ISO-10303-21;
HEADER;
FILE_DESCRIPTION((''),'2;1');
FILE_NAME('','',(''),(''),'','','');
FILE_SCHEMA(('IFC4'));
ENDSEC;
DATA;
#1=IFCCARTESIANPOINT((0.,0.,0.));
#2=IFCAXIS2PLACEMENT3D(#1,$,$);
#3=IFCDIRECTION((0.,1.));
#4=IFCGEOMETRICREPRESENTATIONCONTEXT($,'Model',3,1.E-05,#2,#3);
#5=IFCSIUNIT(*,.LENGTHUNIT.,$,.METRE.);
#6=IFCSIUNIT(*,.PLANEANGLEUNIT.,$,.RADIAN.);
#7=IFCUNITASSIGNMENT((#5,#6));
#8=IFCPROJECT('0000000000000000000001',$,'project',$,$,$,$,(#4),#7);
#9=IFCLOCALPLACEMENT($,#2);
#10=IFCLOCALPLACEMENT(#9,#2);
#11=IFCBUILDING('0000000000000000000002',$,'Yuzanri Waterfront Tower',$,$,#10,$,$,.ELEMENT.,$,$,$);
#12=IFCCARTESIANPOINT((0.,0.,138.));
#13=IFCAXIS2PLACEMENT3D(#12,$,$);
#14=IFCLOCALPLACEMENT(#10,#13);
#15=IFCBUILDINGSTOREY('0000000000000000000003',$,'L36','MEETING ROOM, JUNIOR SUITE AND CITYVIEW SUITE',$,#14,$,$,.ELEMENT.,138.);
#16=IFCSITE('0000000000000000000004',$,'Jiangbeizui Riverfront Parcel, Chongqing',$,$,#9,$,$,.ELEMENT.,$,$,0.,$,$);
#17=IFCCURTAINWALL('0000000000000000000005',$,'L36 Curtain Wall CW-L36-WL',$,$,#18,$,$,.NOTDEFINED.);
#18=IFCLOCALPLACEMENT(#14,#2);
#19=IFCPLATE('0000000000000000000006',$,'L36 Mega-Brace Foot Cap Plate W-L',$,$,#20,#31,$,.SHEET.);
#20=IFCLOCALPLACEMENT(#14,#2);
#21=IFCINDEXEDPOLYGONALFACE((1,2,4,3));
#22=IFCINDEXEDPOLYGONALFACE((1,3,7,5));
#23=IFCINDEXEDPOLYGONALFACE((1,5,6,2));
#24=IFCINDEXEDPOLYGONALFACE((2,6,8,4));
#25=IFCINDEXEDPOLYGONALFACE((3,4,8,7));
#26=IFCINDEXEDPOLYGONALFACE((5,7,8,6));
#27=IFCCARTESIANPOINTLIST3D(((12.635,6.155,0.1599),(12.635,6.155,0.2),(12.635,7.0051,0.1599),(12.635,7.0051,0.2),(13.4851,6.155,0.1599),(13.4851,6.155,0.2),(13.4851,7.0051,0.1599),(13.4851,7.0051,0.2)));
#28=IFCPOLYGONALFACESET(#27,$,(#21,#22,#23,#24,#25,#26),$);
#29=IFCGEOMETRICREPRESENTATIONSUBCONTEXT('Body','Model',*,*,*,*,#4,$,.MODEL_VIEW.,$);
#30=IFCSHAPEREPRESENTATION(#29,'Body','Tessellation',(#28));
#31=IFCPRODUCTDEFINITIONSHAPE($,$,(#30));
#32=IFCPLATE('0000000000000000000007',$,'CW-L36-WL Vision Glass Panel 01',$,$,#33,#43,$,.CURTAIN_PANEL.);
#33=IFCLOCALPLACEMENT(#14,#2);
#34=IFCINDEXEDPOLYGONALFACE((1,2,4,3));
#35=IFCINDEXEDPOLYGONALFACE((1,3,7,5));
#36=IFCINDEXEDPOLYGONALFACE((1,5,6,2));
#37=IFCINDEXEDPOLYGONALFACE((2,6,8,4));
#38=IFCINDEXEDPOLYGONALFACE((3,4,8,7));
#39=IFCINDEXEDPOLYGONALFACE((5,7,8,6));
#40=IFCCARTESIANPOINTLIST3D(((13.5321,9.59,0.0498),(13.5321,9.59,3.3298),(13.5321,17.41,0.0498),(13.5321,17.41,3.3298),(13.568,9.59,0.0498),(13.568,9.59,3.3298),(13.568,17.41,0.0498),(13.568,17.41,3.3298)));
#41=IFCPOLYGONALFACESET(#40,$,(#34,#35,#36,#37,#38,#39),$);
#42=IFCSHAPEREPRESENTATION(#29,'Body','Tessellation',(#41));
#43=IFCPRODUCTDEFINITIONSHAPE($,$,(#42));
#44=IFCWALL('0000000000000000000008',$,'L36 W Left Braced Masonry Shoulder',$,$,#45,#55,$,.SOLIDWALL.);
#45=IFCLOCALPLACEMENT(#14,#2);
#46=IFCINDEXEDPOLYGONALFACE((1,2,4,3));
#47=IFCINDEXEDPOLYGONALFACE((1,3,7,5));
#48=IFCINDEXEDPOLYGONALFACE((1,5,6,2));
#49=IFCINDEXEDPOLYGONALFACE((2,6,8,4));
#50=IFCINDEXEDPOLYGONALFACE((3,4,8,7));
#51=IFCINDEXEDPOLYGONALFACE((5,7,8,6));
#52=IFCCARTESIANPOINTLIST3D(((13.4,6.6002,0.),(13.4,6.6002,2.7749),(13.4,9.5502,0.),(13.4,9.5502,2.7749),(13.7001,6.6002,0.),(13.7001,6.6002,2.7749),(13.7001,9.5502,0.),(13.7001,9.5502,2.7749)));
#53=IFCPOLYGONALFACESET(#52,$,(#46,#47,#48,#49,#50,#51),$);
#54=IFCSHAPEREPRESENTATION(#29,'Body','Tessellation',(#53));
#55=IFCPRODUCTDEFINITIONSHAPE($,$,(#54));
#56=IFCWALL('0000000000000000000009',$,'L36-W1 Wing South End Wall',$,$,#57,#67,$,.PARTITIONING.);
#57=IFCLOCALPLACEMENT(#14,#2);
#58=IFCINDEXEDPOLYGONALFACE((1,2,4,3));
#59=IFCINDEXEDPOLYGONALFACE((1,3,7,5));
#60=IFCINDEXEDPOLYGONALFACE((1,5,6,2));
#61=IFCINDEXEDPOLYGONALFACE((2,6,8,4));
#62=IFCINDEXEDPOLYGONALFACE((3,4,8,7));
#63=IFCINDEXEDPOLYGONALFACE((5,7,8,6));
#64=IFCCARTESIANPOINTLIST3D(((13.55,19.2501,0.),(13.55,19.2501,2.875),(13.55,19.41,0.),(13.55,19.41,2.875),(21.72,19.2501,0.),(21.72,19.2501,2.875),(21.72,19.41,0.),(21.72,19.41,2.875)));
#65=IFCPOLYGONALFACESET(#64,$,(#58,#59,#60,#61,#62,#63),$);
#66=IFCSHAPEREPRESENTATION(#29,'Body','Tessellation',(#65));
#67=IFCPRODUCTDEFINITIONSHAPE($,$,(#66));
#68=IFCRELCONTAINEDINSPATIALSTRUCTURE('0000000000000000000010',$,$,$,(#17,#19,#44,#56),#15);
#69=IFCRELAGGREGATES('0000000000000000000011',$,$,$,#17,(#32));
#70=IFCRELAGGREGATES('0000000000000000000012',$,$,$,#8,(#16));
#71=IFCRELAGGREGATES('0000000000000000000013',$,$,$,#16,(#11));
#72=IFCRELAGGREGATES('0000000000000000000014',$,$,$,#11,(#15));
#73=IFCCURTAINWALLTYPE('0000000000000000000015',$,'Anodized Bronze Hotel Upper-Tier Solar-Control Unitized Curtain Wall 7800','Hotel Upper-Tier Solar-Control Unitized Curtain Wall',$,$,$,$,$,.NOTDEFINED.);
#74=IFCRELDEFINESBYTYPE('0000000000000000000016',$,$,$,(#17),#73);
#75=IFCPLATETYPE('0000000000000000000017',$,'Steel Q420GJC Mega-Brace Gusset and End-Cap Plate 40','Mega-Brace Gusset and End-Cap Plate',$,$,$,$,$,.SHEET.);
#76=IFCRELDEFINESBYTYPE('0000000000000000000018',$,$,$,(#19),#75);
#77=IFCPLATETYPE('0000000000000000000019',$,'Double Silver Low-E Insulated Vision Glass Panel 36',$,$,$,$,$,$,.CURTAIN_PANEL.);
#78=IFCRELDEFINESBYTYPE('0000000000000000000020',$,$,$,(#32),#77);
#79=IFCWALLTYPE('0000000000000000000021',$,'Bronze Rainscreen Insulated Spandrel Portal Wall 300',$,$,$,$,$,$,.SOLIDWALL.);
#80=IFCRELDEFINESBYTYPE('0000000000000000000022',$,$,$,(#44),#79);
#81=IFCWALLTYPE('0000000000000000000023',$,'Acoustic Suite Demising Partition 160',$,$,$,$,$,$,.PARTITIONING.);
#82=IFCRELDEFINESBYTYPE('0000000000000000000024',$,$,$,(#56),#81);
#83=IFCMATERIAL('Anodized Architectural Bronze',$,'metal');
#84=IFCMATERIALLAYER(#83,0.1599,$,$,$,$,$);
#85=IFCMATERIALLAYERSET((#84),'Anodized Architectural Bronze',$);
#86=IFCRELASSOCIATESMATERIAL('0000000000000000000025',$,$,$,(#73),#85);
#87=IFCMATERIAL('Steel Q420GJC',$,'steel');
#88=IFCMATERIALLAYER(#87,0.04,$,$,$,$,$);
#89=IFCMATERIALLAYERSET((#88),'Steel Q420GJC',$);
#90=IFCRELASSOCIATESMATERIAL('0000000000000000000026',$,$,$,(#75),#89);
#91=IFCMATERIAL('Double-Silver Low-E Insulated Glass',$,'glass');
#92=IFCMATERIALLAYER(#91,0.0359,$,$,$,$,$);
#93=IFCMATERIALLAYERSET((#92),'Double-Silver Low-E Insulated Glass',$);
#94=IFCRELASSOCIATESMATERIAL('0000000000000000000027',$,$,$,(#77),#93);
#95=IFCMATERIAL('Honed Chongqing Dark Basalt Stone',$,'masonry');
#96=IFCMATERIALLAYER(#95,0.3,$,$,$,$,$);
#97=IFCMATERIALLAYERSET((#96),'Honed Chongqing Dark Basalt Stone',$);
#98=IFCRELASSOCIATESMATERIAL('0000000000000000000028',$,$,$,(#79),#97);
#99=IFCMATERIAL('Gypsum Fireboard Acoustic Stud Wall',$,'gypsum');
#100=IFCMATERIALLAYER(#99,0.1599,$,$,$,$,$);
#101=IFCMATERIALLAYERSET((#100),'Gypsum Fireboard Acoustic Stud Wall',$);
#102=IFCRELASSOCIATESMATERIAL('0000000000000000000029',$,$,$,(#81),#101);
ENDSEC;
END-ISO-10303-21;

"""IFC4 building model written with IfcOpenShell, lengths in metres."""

from ifc_helpers import new_model, si_unit, direction, frame, frame_2d, origin, origin_2d, place, context, subcontext, project, spatial, rectangle, extrude, source, transform, mapped, material, layer, layer_set, type_object, element, aggregate, save


model = new_model("IFC4")

# Units and contexts
model_context = context("Model", 3, precision=1e-05, world=origin(), true_north=direction((0.0, 1.0)))
body_context = subcontext(model_context, "Body", "Model", "MODEL_VIEW")
ifc_project = project(units=[si_unit("LENGTHUNIT", "METRE"), si_unit("PLANEANGLEUNIT", "RADIAN")], contexts=[model_context])

# Site, building, storey
site_placement = place(None, origin())
site = spatial("IfcSite", under=ifc_project, at=site_placement, Name="Jiangbeizui Riverfront Parcel, Chongqing", CompositionType="ELEMENT", RefElevation=0.0)
building_placement = place(site_placement, origin())
building = spatial("IfcBuilding", under=site, at=building_placement, Name="Yuzanri Waterfront Tower", CompositionType="ELEMENT")
storey_placement = place(building_placement, frame((0.0, 0.0, 138.0)))
storey = spatial("IfcBuildingStorey", under=building, at=storey_placement, Name="L36", Description="MEETING ROOM, JUNIOR SUITE AND CITYVIEW SUITE", CompositionType="ELEMENT", Elevation=138.0)

# Curtain wall
ifc_material_1 = material(Name="Anodized Architectural Bronze", Category="metal")
ifc_layer_1 = layer(ifc_material_1, 0.1599)
ifc_layer_set_1 = layer_set([ifc_layer_1], Name="Anodized Architectural Bronze")
curtain_wall_type = type_object("IfcCurtainWallType", Name="Anodized Bronze Hotel Upper-Tier Solar-Control Unitized Curtain Wall 7800", Description="Hotel Upper-Tier Solar-Control Unitized Curtain Wall", PredefinedType="NOTDEFINED", material=ifc_layer_set_1)
curtain_wall_placement = place(storey_placement, origin())
curtain_wall = element("IfcCurtainWall", 1, at=curtain_wall_placement, inside=storey, type_object=curtain_wall_type, Name="L36 Curtain Wall CW-L36-WL", PredefinedType="NOTDEFINED")

# Plates
ifc_material_2 = material(Name="Steel Q420GJC", Category="steel")
ifc_layer_2 = layer(ifc_material_2, 0.04)
ifc_layer_set_2 = layer_set([ifc_layer_2], Name="Steel Q420GJC")
plate_type_1 = type_object("IfcPlateType", Name="Steel Q420GJC Mega-Brace Gusset and End-Cap Plate 40", Description="Mega-Brace Gusset and End-Cap Plate", PredefinedType="SHEET", material=ifc_layer_set_2)
shared_shape_1 = source(origin(), body_context, "Body", "SweptSolid", [
    extrude(rectangle(XDim=0.8501, YDim=0.8501, at=origin_2d()), origin(), (0.0, 0.0, 1.0), 0.04),
])
plate_1_placement = place(storey_placement, frame((13.0601, 6.5801, 0.1599), z_axis=(0.0, 0.0, 1.0), x_axis=(1.0, 0.0, 0.0)))
element("IfcPlate", 2, at=plate_1_placement, inside=storey, type_object=plate_type_1, Name="L36 Mega-Brace Foot Cap Plate W-L", PredefinedType="SHEET", context=body_context, shape_type="MappedRepresentation", body=[
    mapped(shared_shape_1, transform((0.0, 0.0, 0.0), scale=1.0)),
])
ifc_material_3 = material(Name="Double-Silver Low-E Insulated Glass", Category="glass")
ifc_layer_3 = layer(ifc_material_3, 0.0359)
ifc_layer_set_3 = layer_set([ifc_layer_3], Name="Double-Silver Low-E Insulated Glass")
plate_type_2 = type_object("IfcPlateType", Name="Double Silver Low-E Insulated Vision Glass Panel 36", PredefinedType="CURTAIN_PANEL", material=ifc_layer_set_3)
shared_shape_2 = source(origin(), body_context, "Body", "SweptSolid", [
    extrude(rectangle(XDim=7.8201, YDim=0.0359, at=origin_2d()), origin(), (0.0, 0.0, 1.0), 3.28),
])
plate_2_placement = place(storey_placement, frame((13.55, 13.5, 0.0498), z_axis=(0.0, 0.0, 1.0), x_axis=(0.0, 1.0, 0.0)))
plate_2 = element("IfcPlate", 3, at=plate_2_placement, type_object=plate_type_2, Name="CW-L36-WL Vision Glass Panel 01", PredefinedType="CURTAIN_PANEL", context=body_context, shape_type="MappedRepresentation", body=[
    mapped(shared_shape_2, transform((0.0, 0.0, 0.0), scale=1.0)),
])
aggregate(curtain_wall, [plate_2])

# Walls
ifc_material_4 = material(Name="Honed Chongqing Dark Basalt Stone", Category="masonry")
ifc_layer_4 = layer(ifc_material_4, 0.3)
ifc_layer_set_4 = layer_set([ifc_layer_4], Name="Honed Chongqing Dark Basalt Stone")
wall_type_1 = type_object("IfcWallType", Name="Bronze Rainscreen Insulated Spandrel Portal Wall 300", PredefinedType="SOLIDWALL", material=ifc_layer_set_4)
shared_shape_3 = source(origin(), body_context, "Body", "SweptSolid", [
    extrude(rectangle(XDim=2.95, YDim=0.3, at=frame_2d((1.4751, 0.0))), origin(), (0.0, 0.0, 1.0), 2.7749),
])
wall_1_placement = place(storey_placement, frame((13.55, 6.6001, 0.0), z_axis=(0.0, 0.0, 1.0), x_axis=(0.0, 1.0, 0.0)))
element("IfcWall", 4, at=wall_1_placement, inside=storey, type_object=wall_type_1, Name="L36 W Left Braced Masonry Shoulder", PredefinedType="SOLIDWALL", context=body_context, shape_type="MappedRepresentation", body=[
    mapped(shared_shape_3, transform((0.0, 0.0, 0.0), scale=1.0)),
])
ifc_material_5 = material(Name="Gypsum Fireboard Acoustic Stud Wall", Category="gypsum")
ifc_layer_5 = layer(ifc_material_5, 0.1599)
ifc_layer_set_5 = layer_set([ifc_layer_5], Name="Gypsum Fireboard Acoustic Stud Wall")
wall_type_2 = type_object("IfcWallType", Name="Acoustic Suite Demising Partition 160", PredefinedType="PARTITIONING", material=ifc_layer_set_5)
shared_shape_4 = source(origin(), body_context, "Body", "SweptSolid", [
    extrude(rectangle(XDim=8.1699, YDim=0.1599, at=frame_2d((4.085, 0.0))), origin(), (0.0, 0.0, 1.0), 2.875),
])
wall_2_placement = place(storey_placement, frame((13.55, 19.3301, 0.0), z_axis=(0.0, 0.0, 1.0), x_axis=(1.0, 0.0, 0.0)))
element("IfcWall", 5, at=wall_2_placement, inside=storey, type_object=wall_type_2, Name="L36-W1 Wing South End Wall", PredefinedType="PARTITIONING", context=body_context, shape_type="MappedRepresentation", body=[
    mapped(shared_shape_4, transform((0.0, 0.0, 0.0), scale=1.0)),
])

save(model, "model.ifc")
